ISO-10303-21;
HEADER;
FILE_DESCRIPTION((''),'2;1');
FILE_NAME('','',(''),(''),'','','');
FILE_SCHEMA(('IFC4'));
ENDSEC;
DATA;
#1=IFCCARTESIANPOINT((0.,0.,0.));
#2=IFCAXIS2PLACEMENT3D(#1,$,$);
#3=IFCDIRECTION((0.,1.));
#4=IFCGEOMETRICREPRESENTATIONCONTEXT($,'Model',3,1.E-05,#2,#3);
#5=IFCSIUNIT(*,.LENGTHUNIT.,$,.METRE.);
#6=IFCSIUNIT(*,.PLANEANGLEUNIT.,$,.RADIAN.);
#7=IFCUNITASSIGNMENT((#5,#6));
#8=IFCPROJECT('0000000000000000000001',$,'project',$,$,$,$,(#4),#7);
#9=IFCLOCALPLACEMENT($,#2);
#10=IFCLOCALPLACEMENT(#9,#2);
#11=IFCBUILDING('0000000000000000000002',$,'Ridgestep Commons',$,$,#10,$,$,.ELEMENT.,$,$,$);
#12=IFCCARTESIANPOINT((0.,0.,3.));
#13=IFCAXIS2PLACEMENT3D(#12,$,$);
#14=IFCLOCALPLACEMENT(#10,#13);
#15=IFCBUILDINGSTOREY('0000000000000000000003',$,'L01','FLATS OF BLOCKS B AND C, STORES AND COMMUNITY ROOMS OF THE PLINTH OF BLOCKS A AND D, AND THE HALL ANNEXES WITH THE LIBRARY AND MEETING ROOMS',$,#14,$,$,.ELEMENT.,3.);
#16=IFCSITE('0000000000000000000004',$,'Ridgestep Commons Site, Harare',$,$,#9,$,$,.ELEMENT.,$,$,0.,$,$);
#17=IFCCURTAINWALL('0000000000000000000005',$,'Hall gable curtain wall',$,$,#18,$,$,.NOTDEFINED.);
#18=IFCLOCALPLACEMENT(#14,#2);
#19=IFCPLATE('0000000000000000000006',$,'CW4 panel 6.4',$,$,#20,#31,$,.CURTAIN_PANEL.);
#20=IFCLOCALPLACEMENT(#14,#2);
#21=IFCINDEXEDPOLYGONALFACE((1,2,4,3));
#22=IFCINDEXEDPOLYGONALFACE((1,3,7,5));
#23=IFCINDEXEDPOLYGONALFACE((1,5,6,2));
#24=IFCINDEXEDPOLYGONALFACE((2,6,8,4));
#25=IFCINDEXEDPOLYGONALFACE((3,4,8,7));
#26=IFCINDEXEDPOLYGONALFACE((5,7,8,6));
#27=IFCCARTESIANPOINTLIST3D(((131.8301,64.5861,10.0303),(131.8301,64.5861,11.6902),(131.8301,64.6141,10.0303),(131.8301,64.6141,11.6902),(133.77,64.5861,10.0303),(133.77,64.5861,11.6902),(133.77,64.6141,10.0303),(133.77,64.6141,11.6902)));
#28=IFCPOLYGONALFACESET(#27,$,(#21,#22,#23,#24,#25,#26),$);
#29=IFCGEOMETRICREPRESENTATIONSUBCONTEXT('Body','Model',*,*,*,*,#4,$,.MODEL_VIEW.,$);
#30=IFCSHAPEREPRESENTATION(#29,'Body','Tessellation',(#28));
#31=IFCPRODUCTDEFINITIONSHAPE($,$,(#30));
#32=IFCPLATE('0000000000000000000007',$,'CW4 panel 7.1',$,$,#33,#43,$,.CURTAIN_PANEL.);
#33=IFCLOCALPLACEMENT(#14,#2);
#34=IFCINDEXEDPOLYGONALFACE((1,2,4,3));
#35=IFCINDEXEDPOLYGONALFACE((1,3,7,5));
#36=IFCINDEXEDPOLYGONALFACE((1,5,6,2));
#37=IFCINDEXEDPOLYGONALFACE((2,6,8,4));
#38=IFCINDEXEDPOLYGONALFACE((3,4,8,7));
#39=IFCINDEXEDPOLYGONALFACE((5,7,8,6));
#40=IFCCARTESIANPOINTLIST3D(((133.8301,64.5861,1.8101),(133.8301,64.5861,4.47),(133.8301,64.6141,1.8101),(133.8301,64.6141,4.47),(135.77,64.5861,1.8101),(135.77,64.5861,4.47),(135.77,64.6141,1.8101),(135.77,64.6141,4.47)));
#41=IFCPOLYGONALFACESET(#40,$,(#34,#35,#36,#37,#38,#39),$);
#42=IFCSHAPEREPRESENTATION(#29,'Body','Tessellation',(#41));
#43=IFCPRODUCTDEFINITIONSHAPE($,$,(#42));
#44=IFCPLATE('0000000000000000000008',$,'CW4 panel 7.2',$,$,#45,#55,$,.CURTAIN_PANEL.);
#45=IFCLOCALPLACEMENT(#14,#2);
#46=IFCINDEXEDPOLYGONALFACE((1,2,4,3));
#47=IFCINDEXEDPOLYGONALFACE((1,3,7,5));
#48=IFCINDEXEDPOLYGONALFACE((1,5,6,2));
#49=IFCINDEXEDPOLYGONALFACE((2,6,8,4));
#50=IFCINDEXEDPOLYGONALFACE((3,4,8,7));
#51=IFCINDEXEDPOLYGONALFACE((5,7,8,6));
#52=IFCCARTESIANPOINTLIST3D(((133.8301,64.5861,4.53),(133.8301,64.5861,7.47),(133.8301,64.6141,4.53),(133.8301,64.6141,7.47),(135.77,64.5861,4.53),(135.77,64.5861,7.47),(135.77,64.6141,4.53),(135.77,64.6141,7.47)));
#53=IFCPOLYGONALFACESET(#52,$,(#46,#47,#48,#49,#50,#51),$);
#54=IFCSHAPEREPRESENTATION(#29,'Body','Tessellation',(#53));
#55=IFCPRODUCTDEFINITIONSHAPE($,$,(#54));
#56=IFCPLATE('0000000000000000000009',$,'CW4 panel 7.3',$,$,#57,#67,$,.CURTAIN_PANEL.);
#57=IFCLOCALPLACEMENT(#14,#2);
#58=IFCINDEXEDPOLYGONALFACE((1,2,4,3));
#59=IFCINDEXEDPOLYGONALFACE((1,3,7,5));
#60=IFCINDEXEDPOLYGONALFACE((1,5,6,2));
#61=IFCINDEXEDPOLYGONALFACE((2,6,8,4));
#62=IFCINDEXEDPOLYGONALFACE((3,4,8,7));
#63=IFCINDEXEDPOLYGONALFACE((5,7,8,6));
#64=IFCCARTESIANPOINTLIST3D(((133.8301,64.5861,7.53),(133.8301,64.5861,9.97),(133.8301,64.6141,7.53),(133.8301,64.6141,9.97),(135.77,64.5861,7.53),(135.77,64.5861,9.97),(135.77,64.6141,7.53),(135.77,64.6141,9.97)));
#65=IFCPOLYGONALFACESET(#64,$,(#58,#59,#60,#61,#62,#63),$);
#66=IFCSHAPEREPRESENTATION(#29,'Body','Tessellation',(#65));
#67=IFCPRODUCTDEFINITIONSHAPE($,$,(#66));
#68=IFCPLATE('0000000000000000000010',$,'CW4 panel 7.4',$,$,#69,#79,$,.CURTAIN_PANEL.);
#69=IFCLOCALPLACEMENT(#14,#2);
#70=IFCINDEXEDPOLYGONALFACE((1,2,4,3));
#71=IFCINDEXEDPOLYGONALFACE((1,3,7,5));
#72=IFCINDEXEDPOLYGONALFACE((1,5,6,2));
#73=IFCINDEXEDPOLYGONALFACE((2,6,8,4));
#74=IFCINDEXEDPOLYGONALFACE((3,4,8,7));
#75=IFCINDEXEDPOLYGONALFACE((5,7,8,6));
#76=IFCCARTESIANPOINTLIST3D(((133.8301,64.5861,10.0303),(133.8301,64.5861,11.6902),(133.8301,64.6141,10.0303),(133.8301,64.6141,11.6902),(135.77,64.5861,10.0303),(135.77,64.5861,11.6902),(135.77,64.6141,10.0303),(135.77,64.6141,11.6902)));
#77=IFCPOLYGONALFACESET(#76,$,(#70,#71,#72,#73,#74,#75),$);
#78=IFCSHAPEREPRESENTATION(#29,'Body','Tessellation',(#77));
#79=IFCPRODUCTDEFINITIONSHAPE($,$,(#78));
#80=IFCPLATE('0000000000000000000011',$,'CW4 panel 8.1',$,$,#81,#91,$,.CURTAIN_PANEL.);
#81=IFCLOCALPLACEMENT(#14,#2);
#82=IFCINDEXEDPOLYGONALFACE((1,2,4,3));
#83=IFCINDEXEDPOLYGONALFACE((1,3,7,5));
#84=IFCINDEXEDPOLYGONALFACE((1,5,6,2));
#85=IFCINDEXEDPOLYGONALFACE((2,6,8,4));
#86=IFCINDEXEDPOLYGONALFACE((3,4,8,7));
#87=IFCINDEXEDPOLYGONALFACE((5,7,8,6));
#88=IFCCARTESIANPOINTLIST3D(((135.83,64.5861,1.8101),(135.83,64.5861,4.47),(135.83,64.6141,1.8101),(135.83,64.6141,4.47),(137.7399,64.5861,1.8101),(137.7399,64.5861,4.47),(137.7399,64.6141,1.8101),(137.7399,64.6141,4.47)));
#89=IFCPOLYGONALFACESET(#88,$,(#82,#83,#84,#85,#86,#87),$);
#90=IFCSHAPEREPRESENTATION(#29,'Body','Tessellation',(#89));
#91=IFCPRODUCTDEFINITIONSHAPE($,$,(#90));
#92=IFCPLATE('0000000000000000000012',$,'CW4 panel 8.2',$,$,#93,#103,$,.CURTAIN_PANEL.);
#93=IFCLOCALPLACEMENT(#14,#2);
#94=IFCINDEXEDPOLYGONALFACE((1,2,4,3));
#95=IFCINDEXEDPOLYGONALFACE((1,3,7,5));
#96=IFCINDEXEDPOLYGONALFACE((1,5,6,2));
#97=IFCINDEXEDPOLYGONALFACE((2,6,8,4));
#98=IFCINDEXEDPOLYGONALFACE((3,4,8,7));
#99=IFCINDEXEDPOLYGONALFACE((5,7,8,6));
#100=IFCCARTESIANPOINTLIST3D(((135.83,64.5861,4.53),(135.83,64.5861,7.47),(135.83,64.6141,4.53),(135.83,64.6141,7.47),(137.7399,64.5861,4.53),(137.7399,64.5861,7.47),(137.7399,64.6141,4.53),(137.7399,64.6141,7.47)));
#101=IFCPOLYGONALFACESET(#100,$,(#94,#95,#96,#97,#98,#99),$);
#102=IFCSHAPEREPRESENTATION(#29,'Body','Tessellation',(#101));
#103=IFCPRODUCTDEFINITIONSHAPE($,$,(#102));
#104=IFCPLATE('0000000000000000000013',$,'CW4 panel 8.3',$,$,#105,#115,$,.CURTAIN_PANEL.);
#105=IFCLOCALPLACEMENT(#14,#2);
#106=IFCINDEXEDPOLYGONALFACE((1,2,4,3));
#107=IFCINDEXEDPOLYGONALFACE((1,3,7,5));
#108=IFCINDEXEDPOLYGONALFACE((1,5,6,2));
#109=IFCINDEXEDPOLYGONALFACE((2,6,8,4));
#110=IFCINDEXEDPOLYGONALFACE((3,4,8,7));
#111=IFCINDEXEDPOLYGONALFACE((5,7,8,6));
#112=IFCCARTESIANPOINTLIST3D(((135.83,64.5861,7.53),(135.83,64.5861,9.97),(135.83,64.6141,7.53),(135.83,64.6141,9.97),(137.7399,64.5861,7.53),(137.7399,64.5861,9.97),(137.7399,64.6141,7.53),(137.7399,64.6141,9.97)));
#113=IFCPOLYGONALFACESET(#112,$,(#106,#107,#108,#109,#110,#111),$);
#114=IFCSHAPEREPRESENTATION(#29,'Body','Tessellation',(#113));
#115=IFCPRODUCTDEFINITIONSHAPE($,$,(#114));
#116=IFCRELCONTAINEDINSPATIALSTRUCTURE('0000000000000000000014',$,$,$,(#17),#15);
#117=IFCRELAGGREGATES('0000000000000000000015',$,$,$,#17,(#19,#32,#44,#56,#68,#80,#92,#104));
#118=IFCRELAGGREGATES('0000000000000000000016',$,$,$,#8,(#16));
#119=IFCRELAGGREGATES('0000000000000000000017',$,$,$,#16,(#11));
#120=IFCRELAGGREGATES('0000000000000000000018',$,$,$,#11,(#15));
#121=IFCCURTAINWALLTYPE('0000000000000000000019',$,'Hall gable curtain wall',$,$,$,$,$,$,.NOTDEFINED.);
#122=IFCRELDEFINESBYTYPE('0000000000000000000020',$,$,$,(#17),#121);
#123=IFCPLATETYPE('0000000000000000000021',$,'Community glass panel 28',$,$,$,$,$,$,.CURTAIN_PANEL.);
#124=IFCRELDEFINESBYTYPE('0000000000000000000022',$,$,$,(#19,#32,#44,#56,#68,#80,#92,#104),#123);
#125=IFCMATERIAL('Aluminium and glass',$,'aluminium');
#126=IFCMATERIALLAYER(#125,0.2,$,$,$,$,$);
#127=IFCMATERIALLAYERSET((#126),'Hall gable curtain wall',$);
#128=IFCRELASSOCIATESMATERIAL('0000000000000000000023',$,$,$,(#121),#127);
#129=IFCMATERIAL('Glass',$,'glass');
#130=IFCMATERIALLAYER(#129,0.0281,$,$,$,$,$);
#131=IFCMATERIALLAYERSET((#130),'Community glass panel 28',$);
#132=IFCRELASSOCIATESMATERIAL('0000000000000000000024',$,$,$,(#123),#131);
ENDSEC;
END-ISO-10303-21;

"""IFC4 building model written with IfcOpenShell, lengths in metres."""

from ifc_helpers import new_model, si_unit, direction, frame, origin, origin_2d, place, context, subcontext, project, spatial, rectangle, extrude, material, layer, layer_set, type_object, element, aggregate, save


model = new_model("IFC4")

# Units and contexts
model_context = context("Model", 3, precision=1e-05, world=origin(), true_north=direction((0.0, 1.0)))
body_context = subcontext(model_context, "Body", "Model", "MODEL_VIEW")
ifc_project = project(units=[si_unit("LENGTHUNIT", "METRE"), si_unit("PLANEANGLEUNIT", "RADIAN")], contexts=[model_context])

# Site, building, storey
site_placement = place(None, origin())
site = spatial("IfcSite", under=ifc_project, at=site_placement, Name="Ridgestep Commons Site, Harare", CompositionType="ELEMENT", RefElevation=0.0)
building_placement = place(site_placement, origin())
building = spatial("IfcBuilding", under=site, at=building_placement, Name="Ridgestep Commons", CompositionType="ELEMENT")
storey_placement = place(building_placement, frame((0.0, 0.0, 3.0)))
storey = spatial("IfcBuildingStorey", under=building, at=storey_placement, Name="L01", Description="FLATS OF BLOCKS B AND C, STORES AND COMMUNITY ROOMS OF THE PLINTH OF BLOCKS A AND D, AND THE HALL ANNEXES WITH THE LIBRARY AND MEETING ROOMS", CompositionType="ELEMENT", Elevation=3.0)

# Curtain wall, plates
ifc_material_1 = material(Name="Aluminium and glass", Category="aluminium")
ifc_layer_1 = layer(ifc_material_1, 0.2)
ifc_layer_set_1 = layer_set([ifc_layer_1], Name="Hall gable curtain wall")
curtain_wall_type = type_object("IfcCurtainWallType", Name="Hall gable curtain wall", PredefinedType="NOTDEFINED", material=ifc_layer_set_1)
curtain_wall_placement = place(storey_placement, origin())
curtain_wall = element("IfcCurtainWall", 1, at=curtain_wall_placement, inside=storey, type_object=curtain_wall_type, Name="Hall gable curtain wall", PredefinedType="NOTDEFINED")
ifc_material_2 = material(Name="Glass", Category="glass")
ifc_layer_2 = layer(ifc_material_2, 0.0281)
ifc_layer_set_2 = layer_set([ifc_layer_2], Name="Community glass panel 28")
plate_type = type_object("IfcPlateType", Name="Community glass panel 28", PredefinedType="CURTAIN_PANEL", material=ifc_layer_set_2)
plate_1_placement = place(storey_placement, frame((132.8, 64.6001, 10.0303), z_axis=(0.0, 0.0, 1.0), x_axis=(1.0, 0.0, 0.0)))
plate_1 = element("IfcPlate", 2, at=plate_1_placement, type_object=plate_type, Name="CW4 panel 6.4", PredefinedType="CURTAIN_PANEL", context=body_context, shape_type="SweptSolid", body=[
    extrude(rectangle(XDim=1.9399, YDim=0.0281, at=origin_2d()), origin(), (0.0, 0.0, 1.0), 1.6599),
])
plate_2_placement = place(storey_placement, frame((134.8, 64.6001, 1.8101), z_axis=(0.0, 0.0, 1.0), x_axis=(1.0, 0.0, 0.0)))
plate_2 = element("IfcPlate", 3, at=plate_2_placement, type_object=plate_type, Name="CW4 panel 7.1", PredefinedType="CURTAIN_PANEL", context=body_context, shape_type="SweptSolid", body=[
    extrude(rectangle(XDim=1.9399, YDim=0.0281, at=origin_2d()), origin(), (0.0, 0.0, 1.0), 2.6599),
])
plate_3_placement = place(storey_placement, frame((134.8, 64.6001, 4.53), z_axis=(0.0, 0.0, 1.0), x_axis=(1.0, 0.0, 0.0)))
plate_3 = element("IfcPlate", 4, at=plate_3_placement, type_object=plate_type, Name="CW4 panel 7.2", PredefinedType="CURTAIN_PANEL", context=body_context, shape_type="SweptSolid", body=[
    extrude(rectangle(XDim=1.9399, YDim=0.0281, at=origin_2d()), origin(), (0.0, 0.0, 1.0), 2.9399),
])
plate_4_placement = place(storey_placement, frame((134.8, 64.6001, 7.53), z_axis=(0.0, 0.0, 1.0), x_axis=(1.0, 0.0, 0.0)))
plate_4 = element("IfcPlate", 5, at=plate_4_placement, type_object=plate_type, Name="CW4 panel 7.3", PredefinedType="CURTAIN_PANEL", context=body_context, shape_type="SweptSolid", body=[
    extrude(rectangle(XDim=1.9399, YDim=0.0281, at=origin_2d()), origin(), (0.0, 0.0, 1.0), 2.4399),
])
plate_5_placement = place(storey_placement, frame((134.8, 64.6001, 10.0303), z_axis=(0.0, 0.0, 1.0), x_axis=(1.0, 0.0, 0.0)))
plate_5 = element("IfcPlate", 6, at=plate_5_placement, type_object=plate_type, Name="CW4 panel 7.4", PredefinedType="CURTAIN_PANEL", context=body_context, shape_type="SweptSolid", body=[
    extrude(rectangle(XDim=1.9399, YDim=0.0281, at=origin_2d()), origin(), (0.0, 0.0, 1.0), 1.6599),
])
plate_6_placement = place(storey_placement, frame((136.7849, 64.6001, 1.8101), z_axis=(0.0, 0.0, 1.0), x_axis=(1.0, 0.0, 0.0)))
plate_6 = element("IfcPlate", 7, at=plate_6_placement, type_object=plate_type, Name="CW4 panel 8.1", PredefinedType="CURTAIN_PANEL", context=body_context, shape_type="SweptSolid", body=[
    extrude(rectangle(XDim=1.9099, YDim=0.0281, at=origin_2d()), origin(), (0.0, 0.0, 1.0), 2.6599),
])
plate_7_placement = place(storey_placement, frame((136.7849, 64.6001, 4.53), z_axis=(0.0, 0.0, 1.0), x_axis=(1.0, 0.0, 0.0)))
plate_7 = element("IfcPlate", 8, at=plate_7_placement, type_object=plate_type, Name="CW4 panel 8.2", PredefinedType="CURTAIN_PANEL", context=body_context, shape_type="SweptSolid", body=[
    extrude(rectangle(XDim=1.9099, YDim=0.0281, at=origin_2d()), origin(), (0.0, 0.0, 1.0), 2.9399),
])
plate_8_placement = place(storey_placement, frame((136.7849, 64.6001, 7.53), z_axis=(0.0, 0.0, 1.0), x_axis=(1.0, 0.0, 0.0)))
plate_8 = element("IfcPlate", 9, at=plate_8_placement, type_object=plate_type, Name="CW4 panel 8.3", PredefinedType="CURTAIN_PANEL", context=body_context, shape_type="SweptSolid", body=[
    extrude(rectangle(XDim=1.9099, YDim=0.0281, at=origin_2d()), origin(), (0.0, 0.0, 1.0), 2.4399),
])
aggregate(curtain_wall, [plate_1, plate_2, plate_3, plate_4, plate_5, plate_6, plate_7, plate_8])

save(model, "model.ifc")
